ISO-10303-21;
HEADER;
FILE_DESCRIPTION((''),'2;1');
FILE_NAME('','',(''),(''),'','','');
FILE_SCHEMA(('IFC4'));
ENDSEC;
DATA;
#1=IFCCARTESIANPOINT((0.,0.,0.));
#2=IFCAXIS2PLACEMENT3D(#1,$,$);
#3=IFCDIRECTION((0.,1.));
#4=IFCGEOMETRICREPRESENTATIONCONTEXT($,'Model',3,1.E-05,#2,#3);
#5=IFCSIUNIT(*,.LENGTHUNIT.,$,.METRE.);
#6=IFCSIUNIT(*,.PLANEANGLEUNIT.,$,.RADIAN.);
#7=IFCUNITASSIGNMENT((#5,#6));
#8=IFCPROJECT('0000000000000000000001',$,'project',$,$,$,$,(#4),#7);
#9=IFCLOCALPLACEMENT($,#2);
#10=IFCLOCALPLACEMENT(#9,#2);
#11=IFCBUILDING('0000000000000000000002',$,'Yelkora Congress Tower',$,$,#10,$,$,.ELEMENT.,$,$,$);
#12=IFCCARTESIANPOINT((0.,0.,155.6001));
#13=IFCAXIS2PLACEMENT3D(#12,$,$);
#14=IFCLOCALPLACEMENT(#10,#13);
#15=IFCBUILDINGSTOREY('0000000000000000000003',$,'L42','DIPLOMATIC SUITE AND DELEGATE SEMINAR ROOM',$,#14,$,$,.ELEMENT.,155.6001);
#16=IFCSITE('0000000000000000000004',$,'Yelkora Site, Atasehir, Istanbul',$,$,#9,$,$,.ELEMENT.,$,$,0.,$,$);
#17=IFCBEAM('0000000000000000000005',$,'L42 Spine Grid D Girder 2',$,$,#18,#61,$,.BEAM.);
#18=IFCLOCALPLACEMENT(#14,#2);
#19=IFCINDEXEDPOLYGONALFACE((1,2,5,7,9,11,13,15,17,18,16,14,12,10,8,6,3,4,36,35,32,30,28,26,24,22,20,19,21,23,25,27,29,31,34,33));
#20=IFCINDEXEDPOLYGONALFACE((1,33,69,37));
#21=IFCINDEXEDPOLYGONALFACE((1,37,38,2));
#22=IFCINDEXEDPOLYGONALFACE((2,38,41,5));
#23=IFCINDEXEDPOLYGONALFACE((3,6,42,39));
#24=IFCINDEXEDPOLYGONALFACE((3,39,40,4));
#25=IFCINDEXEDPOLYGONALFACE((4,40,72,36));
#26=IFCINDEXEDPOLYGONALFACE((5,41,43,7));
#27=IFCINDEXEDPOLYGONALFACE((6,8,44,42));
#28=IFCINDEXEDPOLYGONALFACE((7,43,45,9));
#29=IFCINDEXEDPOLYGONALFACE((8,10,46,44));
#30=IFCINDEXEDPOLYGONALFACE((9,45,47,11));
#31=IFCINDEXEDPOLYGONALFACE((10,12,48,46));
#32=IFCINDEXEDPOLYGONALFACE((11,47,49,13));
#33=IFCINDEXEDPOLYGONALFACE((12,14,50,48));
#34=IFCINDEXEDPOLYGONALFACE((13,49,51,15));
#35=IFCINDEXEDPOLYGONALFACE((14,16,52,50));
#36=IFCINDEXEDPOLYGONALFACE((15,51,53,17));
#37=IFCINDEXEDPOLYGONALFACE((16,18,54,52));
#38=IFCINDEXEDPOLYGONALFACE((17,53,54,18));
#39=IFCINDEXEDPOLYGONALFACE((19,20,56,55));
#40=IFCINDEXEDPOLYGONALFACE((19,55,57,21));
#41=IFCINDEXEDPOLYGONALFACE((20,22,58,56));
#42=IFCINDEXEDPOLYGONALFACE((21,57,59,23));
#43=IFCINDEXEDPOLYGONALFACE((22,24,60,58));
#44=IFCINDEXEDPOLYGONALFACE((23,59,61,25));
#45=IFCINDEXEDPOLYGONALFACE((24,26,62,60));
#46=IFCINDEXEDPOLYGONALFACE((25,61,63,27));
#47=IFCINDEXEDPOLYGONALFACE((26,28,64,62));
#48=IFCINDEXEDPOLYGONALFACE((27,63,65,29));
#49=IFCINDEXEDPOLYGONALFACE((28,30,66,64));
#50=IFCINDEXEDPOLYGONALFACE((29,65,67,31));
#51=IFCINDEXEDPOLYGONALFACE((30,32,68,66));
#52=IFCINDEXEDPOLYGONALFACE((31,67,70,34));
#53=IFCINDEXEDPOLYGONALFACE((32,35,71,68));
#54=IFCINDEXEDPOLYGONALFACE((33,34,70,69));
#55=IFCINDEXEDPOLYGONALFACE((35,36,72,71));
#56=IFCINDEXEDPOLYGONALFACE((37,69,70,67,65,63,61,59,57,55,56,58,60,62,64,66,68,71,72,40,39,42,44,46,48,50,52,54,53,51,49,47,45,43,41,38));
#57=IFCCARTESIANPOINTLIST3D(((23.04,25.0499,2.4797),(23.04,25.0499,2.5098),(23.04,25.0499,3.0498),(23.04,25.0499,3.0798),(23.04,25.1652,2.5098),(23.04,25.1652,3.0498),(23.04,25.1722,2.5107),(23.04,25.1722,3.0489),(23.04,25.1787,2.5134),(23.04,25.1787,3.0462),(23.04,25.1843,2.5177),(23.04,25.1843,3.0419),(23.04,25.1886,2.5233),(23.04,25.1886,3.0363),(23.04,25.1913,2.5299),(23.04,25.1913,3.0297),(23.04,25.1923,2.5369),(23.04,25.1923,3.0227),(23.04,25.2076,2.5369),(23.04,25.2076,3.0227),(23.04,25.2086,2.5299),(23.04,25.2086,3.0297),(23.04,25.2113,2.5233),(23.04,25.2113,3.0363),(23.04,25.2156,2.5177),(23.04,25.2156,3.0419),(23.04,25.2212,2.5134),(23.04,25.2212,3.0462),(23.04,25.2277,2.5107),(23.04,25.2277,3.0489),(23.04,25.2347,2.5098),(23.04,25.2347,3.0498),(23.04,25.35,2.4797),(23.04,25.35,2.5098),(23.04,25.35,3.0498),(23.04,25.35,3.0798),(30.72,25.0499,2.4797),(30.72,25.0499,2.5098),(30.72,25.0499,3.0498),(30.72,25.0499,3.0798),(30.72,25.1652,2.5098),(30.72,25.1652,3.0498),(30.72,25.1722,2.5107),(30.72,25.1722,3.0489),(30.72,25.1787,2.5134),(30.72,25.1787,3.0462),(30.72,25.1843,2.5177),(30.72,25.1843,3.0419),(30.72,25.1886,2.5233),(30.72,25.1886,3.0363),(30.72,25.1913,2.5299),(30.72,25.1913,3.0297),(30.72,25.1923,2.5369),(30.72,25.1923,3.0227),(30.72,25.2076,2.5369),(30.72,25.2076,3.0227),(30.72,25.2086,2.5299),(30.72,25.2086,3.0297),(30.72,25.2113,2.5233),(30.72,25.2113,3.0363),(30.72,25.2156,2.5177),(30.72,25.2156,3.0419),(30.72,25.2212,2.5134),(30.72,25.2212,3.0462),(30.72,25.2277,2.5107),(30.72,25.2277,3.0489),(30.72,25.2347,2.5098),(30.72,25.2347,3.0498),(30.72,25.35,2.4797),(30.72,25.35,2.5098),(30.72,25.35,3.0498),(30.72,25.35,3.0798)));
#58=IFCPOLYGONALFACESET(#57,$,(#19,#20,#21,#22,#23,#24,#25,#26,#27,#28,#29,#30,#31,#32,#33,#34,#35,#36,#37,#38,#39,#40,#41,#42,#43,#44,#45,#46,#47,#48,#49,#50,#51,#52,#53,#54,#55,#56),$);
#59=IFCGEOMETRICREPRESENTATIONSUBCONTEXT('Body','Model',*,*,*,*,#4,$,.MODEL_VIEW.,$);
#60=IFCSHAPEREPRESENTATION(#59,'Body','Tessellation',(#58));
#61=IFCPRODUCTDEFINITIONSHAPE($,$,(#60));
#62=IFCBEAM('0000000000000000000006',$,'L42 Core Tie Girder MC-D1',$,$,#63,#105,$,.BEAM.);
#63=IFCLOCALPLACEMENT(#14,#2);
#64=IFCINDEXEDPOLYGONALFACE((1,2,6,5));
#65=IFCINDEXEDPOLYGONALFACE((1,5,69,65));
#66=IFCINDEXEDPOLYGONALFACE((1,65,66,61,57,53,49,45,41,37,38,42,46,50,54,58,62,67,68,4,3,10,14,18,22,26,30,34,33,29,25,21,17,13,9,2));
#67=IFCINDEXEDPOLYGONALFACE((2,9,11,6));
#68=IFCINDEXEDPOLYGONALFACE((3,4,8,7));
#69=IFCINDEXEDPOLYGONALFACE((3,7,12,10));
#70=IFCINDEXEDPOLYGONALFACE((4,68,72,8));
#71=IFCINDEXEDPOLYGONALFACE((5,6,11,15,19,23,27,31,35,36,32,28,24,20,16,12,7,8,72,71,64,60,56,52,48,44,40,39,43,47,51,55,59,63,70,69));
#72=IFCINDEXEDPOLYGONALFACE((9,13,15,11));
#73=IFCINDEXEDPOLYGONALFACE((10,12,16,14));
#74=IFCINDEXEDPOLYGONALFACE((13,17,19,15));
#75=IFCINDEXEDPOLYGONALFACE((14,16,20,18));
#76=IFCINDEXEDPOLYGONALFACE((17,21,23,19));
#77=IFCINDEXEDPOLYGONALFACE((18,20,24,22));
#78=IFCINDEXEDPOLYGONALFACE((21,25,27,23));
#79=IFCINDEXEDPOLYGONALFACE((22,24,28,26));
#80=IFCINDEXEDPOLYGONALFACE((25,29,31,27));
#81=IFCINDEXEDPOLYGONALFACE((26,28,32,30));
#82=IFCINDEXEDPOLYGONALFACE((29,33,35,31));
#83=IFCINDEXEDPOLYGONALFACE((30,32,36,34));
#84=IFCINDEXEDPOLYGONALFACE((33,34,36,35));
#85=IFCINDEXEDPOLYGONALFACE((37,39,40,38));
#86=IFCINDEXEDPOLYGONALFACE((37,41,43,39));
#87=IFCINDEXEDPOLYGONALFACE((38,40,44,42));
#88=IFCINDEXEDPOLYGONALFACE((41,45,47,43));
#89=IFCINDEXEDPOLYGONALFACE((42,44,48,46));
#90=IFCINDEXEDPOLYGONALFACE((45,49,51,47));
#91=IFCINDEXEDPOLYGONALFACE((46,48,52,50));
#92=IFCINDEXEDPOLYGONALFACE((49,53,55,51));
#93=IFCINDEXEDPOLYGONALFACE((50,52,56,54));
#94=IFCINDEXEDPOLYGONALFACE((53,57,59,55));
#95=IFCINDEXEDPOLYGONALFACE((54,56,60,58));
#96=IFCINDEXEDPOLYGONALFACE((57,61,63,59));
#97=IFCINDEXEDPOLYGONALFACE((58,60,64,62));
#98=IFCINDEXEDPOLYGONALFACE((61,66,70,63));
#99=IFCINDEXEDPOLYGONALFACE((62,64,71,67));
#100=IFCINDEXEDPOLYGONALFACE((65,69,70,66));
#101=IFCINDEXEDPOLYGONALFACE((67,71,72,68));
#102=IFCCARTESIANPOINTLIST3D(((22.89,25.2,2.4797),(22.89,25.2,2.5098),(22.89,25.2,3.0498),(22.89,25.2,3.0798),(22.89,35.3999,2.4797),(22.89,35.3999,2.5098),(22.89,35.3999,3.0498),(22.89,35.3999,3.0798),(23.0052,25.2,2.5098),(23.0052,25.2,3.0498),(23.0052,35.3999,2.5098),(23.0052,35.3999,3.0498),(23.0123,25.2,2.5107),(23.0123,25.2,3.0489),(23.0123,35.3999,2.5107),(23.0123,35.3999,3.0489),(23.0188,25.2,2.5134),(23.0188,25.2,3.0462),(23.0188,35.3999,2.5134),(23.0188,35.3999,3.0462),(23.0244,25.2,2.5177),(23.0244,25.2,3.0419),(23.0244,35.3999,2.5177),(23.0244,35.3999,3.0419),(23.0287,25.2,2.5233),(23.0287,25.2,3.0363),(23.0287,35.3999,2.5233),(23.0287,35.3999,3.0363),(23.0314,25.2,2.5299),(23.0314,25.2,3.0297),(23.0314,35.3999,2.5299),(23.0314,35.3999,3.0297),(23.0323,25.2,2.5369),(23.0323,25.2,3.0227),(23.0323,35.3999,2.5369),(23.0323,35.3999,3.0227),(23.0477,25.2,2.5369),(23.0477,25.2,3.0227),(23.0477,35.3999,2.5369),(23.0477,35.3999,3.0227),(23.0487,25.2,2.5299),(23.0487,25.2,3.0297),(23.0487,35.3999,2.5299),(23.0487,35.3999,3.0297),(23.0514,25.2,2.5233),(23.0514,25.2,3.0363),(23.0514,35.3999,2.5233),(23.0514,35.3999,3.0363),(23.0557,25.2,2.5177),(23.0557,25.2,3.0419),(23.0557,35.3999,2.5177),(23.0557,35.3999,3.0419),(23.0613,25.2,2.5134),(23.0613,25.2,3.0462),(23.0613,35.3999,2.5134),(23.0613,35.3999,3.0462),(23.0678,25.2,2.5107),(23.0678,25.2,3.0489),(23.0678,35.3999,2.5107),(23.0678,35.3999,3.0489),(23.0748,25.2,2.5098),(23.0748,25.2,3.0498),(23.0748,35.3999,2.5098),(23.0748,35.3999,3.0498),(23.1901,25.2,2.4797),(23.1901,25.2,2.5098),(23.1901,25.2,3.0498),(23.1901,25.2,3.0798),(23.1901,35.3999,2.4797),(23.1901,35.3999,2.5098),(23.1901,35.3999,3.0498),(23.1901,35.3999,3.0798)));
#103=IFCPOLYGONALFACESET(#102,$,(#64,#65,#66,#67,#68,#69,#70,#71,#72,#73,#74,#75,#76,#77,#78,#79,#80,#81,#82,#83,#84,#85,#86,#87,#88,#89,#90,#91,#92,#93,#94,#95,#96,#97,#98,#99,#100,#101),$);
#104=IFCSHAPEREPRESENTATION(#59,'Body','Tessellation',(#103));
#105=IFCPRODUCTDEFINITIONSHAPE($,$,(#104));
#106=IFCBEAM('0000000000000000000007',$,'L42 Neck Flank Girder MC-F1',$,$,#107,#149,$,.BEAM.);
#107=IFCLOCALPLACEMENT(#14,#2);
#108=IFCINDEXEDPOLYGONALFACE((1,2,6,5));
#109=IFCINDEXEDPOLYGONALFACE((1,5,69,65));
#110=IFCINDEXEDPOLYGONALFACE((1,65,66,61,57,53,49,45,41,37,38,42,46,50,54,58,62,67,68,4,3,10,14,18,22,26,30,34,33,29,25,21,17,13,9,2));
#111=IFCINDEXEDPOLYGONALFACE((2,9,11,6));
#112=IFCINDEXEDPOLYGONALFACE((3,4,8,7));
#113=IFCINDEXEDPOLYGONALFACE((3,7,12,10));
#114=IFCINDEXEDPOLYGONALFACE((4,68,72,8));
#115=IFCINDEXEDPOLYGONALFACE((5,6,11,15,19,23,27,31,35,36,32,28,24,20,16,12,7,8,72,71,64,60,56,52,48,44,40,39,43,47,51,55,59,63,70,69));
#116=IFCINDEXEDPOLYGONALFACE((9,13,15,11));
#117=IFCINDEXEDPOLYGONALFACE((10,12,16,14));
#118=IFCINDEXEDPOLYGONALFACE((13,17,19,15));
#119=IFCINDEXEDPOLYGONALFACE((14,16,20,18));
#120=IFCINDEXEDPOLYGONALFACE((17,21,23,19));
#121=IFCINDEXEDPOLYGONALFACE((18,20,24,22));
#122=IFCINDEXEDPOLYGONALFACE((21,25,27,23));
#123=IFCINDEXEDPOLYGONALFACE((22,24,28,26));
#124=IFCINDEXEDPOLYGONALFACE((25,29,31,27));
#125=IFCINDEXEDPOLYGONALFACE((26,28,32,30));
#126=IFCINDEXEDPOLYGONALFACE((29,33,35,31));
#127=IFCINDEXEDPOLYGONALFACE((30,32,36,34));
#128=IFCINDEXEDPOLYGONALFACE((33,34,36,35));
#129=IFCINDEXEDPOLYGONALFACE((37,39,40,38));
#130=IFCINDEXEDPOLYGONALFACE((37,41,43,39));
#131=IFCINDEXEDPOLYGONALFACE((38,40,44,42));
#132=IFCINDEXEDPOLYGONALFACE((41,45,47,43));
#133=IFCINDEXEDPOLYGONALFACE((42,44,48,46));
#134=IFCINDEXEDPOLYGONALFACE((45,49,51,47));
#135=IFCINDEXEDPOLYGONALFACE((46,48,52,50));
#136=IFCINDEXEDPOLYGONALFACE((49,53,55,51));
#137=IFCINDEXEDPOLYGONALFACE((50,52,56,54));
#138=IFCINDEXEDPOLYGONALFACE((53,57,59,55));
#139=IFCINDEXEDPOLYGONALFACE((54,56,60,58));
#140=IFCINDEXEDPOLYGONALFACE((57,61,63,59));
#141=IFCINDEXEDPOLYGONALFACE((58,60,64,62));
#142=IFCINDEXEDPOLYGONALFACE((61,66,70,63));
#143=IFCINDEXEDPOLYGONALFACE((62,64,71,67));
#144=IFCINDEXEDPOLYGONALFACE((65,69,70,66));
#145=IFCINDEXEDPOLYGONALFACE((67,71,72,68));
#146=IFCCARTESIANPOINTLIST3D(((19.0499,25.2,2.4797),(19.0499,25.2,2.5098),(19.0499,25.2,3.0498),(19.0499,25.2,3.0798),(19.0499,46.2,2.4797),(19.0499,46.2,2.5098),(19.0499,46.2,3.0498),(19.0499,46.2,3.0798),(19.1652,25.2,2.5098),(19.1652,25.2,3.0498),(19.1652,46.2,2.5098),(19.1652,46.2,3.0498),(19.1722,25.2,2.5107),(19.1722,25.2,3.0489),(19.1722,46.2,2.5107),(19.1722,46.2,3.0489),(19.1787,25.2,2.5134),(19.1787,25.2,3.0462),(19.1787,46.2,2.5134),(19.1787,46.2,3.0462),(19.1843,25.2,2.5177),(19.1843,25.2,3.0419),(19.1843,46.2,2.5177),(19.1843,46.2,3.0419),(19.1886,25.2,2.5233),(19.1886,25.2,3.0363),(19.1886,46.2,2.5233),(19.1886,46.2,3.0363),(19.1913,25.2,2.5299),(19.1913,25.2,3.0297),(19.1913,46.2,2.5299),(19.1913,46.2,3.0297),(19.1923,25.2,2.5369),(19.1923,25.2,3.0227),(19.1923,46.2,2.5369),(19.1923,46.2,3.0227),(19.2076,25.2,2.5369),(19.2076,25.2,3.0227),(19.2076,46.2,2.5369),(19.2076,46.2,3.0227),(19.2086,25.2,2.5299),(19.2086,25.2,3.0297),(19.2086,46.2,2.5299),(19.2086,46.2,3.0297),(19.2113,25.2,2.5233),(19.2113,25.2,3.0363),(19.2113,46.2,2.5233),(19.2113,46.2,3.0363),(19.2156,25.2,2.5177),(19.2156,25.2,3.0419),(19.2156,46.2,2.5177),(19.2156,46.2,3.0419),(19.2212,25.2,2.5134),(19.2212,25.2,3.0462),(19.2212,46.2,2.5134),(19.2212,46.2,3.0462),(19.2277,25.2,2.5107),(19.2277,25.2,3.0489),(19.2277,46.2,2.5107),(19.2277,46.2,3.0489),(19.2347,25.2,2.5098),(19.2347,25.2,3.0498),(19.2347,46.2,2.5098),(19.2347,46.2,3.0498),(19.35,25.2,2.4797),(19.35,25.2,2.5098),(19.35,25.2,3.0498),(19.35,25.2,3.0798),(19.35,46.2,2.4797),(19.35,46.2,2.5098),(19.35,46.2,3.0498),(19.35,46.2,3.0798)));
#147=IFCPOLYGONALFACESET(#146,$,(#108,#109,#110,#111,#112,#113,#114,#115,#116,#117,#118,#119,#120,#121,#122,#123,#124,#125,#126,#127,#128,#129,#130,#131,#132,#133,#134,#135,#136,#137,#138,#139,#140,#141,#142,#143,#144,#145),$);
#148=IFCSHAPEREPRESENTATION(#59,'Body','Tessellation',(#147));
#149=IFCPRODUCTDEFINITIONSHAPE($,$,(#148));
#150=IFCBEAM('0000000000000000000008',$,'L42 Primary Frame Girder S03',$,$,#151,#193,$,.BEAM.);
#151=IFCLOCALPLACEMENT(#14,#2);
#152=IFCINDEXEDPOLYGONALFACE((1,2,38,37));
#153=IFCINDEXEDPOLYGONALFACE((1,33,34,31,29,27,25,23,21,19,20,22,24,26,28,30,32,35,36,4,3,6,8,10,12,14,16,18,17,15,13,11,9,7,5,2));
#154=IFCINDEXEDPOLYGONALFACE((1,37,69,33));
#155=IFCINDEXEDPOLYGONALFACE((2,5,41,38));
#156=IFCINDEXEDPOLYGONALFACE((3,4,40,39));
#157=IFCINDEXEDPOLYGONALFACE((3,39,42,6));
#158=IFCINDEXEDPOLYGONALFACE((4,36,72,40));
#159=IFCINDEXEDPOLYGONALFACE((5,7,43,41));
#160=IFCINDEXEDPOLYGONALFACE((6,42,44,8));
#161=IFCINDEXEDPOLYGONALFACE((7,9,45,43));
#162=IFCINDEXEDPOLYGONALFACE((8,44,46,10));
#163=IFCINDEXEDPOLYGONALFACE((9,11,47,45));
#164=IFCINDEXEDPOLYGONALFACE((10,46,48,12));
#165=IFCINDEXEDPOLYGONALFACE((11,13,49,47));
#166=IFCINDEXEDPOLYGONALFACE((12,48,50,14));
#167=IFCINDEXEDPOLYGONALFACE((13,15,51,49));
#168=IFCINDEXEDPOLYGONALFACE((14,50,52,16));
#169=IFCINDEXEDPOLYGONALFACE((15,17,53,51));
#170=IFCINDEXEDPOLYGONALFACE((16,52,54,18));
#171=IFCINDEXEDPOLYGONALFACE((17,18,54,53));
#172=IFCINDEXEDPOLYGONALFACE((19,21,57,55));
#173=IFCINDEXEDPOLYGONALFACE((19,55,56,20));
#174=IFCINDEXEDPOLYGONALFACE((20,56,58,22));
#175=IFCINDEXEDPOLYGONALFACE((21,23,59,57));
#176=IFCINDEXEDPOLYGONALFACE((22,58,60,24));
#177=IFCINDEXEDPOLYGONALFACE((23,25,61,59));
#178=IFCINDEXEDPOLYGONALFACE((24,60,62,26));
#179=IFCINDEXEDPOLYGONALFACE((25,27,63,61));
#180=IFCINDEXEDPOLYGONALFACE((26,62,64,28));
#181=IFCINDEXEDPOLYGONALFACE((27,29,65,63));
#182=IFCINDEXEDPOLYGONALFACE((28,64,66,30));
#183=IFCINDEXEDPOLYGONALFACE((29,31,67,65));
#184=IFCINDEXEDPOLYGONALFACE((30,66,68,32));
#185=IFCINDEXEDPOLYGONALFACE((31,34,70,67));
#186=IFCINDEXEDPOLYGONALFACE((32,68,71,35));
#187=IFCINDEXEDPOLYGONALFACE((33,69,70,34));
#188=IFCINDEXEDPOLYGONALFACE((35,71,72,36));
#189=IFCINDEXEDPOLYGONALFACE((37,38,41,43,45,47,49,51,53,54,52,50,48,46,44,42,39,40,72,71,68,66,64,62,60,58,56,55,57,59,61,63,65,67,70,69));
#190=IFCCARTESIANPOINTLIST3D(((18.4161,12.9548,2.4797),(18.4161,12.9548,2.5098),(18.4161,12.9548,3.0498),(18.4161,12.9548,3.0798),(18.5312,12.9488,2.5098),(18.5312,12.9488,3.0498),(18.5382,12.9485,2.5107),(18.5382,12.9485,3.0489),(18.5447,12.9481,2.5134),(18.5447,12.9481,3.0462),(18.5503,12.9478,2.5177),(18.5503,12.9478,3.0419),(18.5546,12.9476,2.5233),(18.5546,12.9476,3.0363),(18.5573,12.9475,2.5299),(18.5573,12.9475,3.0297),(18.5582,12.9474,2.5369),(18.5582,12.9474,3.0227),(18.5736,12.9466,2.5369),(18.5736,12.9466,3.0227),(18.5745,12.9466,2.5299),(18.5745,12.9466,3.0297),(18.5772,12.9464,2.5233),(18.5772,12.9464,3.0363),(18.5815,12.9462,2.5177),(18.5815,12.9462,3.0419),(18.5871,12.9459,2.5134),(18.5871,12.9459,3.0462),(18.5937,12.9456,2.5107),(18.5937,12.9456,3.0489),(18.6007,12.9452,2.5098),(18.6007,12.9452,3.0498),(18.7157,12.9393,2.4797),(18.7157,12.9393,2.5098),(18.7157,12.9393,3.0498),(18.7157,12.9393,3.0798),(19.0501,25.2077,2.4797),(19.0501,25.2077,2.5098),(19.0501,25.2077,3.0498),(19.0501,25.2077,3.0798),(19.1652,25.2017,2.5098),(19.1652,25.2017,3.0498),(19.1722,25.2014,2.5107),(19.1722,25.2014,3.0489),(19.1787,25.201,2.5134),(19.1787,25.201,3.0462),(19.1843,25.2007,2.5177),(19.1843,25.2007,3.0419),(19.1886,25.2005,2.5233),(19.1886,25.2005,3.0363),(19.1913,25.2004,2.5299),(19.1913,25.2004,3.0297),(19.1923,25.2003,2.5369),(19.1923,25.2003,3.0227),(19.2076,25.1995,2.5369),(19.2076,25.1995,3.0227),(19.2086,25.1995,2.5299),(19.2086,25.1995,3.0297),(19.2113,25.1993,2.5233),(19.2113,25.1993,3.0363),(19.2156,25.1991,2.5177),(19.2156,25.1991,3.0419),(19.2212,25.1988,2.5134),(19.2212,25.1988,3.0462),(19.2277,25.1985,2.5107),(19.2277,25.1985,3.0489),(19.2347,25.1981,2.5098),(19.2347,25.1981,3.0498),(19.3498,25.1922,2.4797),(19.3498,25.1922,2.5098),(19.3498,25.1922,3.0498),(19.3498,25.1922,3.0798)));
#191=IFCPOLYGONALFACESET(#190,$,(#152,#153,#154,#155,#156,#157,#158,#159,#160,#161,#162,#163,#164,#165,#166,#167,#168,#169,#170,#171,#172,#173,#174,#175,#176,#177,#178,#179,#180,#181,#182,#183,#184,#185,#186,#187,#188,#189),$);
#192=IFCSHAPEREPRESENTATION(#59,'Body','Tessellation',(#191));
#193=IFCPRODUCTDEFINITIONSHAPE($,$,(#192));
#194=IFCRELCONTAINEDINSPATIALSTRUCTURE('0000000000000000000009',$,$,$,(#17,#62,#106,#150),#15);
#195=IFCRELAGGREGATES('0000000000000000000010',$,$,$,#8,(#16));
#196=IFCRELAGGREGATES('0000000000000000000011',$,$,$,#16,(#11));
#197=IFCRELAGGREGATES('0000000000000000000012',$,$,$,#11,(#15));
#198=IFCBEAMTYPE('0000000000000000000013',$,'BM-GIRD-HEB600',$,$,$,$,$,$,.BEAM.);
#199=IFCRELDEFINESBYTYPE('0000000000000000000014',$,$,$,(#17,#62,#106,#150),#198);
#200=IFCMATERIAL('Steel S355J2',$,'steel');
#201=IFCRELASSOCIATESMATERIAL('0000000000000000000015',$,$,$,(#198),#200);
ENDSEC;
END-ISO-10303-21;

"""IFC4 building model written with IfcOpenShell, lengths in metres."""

from ifc_helpers import new_model, si_unit, direction, frame, origin, origin_2d, place, context, subcontext, project, spatial, i_section, extrude, material, material_profile, profile_set, type_object, element, save


model = new_model("IFC4")

# Units and contexts
model_context = context("Model", 3, precision=1e-05, world=origin(), true_north=direction((0.0, 1.0)))
body_context = subcontext(model_context, "Body", "Model", "MODEL_VIEW")
ifc_project = project(units=[si_unit("LENGTHUNIT", "METRE"), si_unit("PLANEANGLEUNIT", "RADIAN")], contexts=[model_context])

# Site, building, storey
site_placement = place(None, origin())
site = spatial("IfcSite", under=ifc_project, at=site_placement, Name="Yelkora Site, Atasehir, Istanbul", CompositionType="ELEMENT", RefElevation=0.0)
building_placement = place(site_placement, origin())
building = spatial("IfcBuilding", under=site, at=building_placement, Name="Yelkora Congress Tower", CompositionType="ELEMENT")
storey_placement = place(building_placement, frame((0.0, 0.0, 155.6001)))
storey = spatial("IfcBuildingStorey", under=building, at=storey_placement, Name="L42", Description="DIPLOMATIC SUITE AND DELEGATE SEMINAR ROOM", CompositionType="ELEMENT", Elevation=155.6001)

# Beams
ifc_material_1 = material(Name="Steel S355J2", Category="steel")
ifc_material_profile_1 = material_profile(ifc_material_1, i_section(OverallWidth=0.3, OverallDepth=0.6001, WebThickness=0.0154, FlangeThickness=0.03, FilletRadius=0.0271, at=origin_2d()), Name="HEB 600")
ifc_profile_set_1 = profile_set([ifc_material_profile_1], Name="Steel S355J2")
beam_type_1 = type_object("IfcBeamType", Name="BM-GIRD-HEB600", PredefinedType="BEAM", material=ifc_profile_set_1)
beam_1_placement = place(storey_placement, frame((23.04, 25.2, 2.7798), z_axis=(1.0, 0.0, 0.0), x_axis=(0.0, 1.0, 0.0)))
element("IfcBeam", 1, at=beam_1_placement, inside=storey, type_object=beam_type_1, Name="L42 Spine Grid D Girder 2", PredefinedType="BEAM", context=body_context, shape_type="SweptSolid", body=[
    extrude(i_section(OverallWidth=0.3, OverallDepth=0.6001, WebThickness=0.0154, FlangeThickness=0.03, FilletRadius=0.0271, at=origin_2d()), origin(), (0.0, 0.0, 1.0), 7.6799),
])
beam_2_placement = place(storey_placement, frame((23.04, 25.2, 2.7798), z_axis=(0.0, 1.0, 0.0), x_axis=(-1.0, 0.0, 0.0)))
element("IfcBeam", 2, at=beam_2_placement, inside=storey, type_object=beam_type_1, Name="L42 Core Tie Girder MC-D1", PredefinedType="BEAM", context=body_context, shape_type="SweptSolid", body=[
    extrude(i_section(OverallWidth=0.3, OverallDepth=0.6001, WebThickness=0.0154, FlangeThickness=0.03, FilletRadius=0.0271, at=origin_2d()), origin(), (0.0, 0.0, 1.0), 10.2),
])
beam_3_placement = place(storey_placement, frame((19.2, 25.2, 2.7798), z_axis=(0.0, 1.0, 0.0), x_axis=(-1.0, 0.0, 0.0)))
element("IfcBeam", 3, at=beam_3_placement, inside=storey, type_object=beam_type_1, Name="L42 Neck Flank Girder MC-F1", PredefinedType="BEAM", context=body_context, shape_type="SweptSolid", body=[
    extrude(i_section(OverallWidth=0.3, OverallDepth=0.6001, WebThickness=0.0154, FlangeThickness=0.03, FilletRadius=0.0271, at=origin_2d()), origin(), (0.0, 0.0, 1.0), 21.0),
])
beam_4_placement = place(storey_placement, frame((18.5659, 12.947, 2.7798), z_axis=(0.051676, 0.998664, 0.0), x_axis=(-0.998664, 0.051676, 0.0)))
element("IfcBeam", 4, at=beam_4_placement, inside=storey, type_object=beam_type_1, Name="L42 Primary Frame Girder S03", PredefinedType="BEAM", context=body_context, shape_type="SweptSolid", body=[
    extrude(i_section(OverallWidth=0.3, OverallDepth=0.6001, WebThickness=0.0154, FlangeThickness=0.03, FilletRadius=0.0271, at=origin_2d()), origin(), (0.0, 0.0, 1.0), 12.2693),
])

save(model, "model.ifc")
